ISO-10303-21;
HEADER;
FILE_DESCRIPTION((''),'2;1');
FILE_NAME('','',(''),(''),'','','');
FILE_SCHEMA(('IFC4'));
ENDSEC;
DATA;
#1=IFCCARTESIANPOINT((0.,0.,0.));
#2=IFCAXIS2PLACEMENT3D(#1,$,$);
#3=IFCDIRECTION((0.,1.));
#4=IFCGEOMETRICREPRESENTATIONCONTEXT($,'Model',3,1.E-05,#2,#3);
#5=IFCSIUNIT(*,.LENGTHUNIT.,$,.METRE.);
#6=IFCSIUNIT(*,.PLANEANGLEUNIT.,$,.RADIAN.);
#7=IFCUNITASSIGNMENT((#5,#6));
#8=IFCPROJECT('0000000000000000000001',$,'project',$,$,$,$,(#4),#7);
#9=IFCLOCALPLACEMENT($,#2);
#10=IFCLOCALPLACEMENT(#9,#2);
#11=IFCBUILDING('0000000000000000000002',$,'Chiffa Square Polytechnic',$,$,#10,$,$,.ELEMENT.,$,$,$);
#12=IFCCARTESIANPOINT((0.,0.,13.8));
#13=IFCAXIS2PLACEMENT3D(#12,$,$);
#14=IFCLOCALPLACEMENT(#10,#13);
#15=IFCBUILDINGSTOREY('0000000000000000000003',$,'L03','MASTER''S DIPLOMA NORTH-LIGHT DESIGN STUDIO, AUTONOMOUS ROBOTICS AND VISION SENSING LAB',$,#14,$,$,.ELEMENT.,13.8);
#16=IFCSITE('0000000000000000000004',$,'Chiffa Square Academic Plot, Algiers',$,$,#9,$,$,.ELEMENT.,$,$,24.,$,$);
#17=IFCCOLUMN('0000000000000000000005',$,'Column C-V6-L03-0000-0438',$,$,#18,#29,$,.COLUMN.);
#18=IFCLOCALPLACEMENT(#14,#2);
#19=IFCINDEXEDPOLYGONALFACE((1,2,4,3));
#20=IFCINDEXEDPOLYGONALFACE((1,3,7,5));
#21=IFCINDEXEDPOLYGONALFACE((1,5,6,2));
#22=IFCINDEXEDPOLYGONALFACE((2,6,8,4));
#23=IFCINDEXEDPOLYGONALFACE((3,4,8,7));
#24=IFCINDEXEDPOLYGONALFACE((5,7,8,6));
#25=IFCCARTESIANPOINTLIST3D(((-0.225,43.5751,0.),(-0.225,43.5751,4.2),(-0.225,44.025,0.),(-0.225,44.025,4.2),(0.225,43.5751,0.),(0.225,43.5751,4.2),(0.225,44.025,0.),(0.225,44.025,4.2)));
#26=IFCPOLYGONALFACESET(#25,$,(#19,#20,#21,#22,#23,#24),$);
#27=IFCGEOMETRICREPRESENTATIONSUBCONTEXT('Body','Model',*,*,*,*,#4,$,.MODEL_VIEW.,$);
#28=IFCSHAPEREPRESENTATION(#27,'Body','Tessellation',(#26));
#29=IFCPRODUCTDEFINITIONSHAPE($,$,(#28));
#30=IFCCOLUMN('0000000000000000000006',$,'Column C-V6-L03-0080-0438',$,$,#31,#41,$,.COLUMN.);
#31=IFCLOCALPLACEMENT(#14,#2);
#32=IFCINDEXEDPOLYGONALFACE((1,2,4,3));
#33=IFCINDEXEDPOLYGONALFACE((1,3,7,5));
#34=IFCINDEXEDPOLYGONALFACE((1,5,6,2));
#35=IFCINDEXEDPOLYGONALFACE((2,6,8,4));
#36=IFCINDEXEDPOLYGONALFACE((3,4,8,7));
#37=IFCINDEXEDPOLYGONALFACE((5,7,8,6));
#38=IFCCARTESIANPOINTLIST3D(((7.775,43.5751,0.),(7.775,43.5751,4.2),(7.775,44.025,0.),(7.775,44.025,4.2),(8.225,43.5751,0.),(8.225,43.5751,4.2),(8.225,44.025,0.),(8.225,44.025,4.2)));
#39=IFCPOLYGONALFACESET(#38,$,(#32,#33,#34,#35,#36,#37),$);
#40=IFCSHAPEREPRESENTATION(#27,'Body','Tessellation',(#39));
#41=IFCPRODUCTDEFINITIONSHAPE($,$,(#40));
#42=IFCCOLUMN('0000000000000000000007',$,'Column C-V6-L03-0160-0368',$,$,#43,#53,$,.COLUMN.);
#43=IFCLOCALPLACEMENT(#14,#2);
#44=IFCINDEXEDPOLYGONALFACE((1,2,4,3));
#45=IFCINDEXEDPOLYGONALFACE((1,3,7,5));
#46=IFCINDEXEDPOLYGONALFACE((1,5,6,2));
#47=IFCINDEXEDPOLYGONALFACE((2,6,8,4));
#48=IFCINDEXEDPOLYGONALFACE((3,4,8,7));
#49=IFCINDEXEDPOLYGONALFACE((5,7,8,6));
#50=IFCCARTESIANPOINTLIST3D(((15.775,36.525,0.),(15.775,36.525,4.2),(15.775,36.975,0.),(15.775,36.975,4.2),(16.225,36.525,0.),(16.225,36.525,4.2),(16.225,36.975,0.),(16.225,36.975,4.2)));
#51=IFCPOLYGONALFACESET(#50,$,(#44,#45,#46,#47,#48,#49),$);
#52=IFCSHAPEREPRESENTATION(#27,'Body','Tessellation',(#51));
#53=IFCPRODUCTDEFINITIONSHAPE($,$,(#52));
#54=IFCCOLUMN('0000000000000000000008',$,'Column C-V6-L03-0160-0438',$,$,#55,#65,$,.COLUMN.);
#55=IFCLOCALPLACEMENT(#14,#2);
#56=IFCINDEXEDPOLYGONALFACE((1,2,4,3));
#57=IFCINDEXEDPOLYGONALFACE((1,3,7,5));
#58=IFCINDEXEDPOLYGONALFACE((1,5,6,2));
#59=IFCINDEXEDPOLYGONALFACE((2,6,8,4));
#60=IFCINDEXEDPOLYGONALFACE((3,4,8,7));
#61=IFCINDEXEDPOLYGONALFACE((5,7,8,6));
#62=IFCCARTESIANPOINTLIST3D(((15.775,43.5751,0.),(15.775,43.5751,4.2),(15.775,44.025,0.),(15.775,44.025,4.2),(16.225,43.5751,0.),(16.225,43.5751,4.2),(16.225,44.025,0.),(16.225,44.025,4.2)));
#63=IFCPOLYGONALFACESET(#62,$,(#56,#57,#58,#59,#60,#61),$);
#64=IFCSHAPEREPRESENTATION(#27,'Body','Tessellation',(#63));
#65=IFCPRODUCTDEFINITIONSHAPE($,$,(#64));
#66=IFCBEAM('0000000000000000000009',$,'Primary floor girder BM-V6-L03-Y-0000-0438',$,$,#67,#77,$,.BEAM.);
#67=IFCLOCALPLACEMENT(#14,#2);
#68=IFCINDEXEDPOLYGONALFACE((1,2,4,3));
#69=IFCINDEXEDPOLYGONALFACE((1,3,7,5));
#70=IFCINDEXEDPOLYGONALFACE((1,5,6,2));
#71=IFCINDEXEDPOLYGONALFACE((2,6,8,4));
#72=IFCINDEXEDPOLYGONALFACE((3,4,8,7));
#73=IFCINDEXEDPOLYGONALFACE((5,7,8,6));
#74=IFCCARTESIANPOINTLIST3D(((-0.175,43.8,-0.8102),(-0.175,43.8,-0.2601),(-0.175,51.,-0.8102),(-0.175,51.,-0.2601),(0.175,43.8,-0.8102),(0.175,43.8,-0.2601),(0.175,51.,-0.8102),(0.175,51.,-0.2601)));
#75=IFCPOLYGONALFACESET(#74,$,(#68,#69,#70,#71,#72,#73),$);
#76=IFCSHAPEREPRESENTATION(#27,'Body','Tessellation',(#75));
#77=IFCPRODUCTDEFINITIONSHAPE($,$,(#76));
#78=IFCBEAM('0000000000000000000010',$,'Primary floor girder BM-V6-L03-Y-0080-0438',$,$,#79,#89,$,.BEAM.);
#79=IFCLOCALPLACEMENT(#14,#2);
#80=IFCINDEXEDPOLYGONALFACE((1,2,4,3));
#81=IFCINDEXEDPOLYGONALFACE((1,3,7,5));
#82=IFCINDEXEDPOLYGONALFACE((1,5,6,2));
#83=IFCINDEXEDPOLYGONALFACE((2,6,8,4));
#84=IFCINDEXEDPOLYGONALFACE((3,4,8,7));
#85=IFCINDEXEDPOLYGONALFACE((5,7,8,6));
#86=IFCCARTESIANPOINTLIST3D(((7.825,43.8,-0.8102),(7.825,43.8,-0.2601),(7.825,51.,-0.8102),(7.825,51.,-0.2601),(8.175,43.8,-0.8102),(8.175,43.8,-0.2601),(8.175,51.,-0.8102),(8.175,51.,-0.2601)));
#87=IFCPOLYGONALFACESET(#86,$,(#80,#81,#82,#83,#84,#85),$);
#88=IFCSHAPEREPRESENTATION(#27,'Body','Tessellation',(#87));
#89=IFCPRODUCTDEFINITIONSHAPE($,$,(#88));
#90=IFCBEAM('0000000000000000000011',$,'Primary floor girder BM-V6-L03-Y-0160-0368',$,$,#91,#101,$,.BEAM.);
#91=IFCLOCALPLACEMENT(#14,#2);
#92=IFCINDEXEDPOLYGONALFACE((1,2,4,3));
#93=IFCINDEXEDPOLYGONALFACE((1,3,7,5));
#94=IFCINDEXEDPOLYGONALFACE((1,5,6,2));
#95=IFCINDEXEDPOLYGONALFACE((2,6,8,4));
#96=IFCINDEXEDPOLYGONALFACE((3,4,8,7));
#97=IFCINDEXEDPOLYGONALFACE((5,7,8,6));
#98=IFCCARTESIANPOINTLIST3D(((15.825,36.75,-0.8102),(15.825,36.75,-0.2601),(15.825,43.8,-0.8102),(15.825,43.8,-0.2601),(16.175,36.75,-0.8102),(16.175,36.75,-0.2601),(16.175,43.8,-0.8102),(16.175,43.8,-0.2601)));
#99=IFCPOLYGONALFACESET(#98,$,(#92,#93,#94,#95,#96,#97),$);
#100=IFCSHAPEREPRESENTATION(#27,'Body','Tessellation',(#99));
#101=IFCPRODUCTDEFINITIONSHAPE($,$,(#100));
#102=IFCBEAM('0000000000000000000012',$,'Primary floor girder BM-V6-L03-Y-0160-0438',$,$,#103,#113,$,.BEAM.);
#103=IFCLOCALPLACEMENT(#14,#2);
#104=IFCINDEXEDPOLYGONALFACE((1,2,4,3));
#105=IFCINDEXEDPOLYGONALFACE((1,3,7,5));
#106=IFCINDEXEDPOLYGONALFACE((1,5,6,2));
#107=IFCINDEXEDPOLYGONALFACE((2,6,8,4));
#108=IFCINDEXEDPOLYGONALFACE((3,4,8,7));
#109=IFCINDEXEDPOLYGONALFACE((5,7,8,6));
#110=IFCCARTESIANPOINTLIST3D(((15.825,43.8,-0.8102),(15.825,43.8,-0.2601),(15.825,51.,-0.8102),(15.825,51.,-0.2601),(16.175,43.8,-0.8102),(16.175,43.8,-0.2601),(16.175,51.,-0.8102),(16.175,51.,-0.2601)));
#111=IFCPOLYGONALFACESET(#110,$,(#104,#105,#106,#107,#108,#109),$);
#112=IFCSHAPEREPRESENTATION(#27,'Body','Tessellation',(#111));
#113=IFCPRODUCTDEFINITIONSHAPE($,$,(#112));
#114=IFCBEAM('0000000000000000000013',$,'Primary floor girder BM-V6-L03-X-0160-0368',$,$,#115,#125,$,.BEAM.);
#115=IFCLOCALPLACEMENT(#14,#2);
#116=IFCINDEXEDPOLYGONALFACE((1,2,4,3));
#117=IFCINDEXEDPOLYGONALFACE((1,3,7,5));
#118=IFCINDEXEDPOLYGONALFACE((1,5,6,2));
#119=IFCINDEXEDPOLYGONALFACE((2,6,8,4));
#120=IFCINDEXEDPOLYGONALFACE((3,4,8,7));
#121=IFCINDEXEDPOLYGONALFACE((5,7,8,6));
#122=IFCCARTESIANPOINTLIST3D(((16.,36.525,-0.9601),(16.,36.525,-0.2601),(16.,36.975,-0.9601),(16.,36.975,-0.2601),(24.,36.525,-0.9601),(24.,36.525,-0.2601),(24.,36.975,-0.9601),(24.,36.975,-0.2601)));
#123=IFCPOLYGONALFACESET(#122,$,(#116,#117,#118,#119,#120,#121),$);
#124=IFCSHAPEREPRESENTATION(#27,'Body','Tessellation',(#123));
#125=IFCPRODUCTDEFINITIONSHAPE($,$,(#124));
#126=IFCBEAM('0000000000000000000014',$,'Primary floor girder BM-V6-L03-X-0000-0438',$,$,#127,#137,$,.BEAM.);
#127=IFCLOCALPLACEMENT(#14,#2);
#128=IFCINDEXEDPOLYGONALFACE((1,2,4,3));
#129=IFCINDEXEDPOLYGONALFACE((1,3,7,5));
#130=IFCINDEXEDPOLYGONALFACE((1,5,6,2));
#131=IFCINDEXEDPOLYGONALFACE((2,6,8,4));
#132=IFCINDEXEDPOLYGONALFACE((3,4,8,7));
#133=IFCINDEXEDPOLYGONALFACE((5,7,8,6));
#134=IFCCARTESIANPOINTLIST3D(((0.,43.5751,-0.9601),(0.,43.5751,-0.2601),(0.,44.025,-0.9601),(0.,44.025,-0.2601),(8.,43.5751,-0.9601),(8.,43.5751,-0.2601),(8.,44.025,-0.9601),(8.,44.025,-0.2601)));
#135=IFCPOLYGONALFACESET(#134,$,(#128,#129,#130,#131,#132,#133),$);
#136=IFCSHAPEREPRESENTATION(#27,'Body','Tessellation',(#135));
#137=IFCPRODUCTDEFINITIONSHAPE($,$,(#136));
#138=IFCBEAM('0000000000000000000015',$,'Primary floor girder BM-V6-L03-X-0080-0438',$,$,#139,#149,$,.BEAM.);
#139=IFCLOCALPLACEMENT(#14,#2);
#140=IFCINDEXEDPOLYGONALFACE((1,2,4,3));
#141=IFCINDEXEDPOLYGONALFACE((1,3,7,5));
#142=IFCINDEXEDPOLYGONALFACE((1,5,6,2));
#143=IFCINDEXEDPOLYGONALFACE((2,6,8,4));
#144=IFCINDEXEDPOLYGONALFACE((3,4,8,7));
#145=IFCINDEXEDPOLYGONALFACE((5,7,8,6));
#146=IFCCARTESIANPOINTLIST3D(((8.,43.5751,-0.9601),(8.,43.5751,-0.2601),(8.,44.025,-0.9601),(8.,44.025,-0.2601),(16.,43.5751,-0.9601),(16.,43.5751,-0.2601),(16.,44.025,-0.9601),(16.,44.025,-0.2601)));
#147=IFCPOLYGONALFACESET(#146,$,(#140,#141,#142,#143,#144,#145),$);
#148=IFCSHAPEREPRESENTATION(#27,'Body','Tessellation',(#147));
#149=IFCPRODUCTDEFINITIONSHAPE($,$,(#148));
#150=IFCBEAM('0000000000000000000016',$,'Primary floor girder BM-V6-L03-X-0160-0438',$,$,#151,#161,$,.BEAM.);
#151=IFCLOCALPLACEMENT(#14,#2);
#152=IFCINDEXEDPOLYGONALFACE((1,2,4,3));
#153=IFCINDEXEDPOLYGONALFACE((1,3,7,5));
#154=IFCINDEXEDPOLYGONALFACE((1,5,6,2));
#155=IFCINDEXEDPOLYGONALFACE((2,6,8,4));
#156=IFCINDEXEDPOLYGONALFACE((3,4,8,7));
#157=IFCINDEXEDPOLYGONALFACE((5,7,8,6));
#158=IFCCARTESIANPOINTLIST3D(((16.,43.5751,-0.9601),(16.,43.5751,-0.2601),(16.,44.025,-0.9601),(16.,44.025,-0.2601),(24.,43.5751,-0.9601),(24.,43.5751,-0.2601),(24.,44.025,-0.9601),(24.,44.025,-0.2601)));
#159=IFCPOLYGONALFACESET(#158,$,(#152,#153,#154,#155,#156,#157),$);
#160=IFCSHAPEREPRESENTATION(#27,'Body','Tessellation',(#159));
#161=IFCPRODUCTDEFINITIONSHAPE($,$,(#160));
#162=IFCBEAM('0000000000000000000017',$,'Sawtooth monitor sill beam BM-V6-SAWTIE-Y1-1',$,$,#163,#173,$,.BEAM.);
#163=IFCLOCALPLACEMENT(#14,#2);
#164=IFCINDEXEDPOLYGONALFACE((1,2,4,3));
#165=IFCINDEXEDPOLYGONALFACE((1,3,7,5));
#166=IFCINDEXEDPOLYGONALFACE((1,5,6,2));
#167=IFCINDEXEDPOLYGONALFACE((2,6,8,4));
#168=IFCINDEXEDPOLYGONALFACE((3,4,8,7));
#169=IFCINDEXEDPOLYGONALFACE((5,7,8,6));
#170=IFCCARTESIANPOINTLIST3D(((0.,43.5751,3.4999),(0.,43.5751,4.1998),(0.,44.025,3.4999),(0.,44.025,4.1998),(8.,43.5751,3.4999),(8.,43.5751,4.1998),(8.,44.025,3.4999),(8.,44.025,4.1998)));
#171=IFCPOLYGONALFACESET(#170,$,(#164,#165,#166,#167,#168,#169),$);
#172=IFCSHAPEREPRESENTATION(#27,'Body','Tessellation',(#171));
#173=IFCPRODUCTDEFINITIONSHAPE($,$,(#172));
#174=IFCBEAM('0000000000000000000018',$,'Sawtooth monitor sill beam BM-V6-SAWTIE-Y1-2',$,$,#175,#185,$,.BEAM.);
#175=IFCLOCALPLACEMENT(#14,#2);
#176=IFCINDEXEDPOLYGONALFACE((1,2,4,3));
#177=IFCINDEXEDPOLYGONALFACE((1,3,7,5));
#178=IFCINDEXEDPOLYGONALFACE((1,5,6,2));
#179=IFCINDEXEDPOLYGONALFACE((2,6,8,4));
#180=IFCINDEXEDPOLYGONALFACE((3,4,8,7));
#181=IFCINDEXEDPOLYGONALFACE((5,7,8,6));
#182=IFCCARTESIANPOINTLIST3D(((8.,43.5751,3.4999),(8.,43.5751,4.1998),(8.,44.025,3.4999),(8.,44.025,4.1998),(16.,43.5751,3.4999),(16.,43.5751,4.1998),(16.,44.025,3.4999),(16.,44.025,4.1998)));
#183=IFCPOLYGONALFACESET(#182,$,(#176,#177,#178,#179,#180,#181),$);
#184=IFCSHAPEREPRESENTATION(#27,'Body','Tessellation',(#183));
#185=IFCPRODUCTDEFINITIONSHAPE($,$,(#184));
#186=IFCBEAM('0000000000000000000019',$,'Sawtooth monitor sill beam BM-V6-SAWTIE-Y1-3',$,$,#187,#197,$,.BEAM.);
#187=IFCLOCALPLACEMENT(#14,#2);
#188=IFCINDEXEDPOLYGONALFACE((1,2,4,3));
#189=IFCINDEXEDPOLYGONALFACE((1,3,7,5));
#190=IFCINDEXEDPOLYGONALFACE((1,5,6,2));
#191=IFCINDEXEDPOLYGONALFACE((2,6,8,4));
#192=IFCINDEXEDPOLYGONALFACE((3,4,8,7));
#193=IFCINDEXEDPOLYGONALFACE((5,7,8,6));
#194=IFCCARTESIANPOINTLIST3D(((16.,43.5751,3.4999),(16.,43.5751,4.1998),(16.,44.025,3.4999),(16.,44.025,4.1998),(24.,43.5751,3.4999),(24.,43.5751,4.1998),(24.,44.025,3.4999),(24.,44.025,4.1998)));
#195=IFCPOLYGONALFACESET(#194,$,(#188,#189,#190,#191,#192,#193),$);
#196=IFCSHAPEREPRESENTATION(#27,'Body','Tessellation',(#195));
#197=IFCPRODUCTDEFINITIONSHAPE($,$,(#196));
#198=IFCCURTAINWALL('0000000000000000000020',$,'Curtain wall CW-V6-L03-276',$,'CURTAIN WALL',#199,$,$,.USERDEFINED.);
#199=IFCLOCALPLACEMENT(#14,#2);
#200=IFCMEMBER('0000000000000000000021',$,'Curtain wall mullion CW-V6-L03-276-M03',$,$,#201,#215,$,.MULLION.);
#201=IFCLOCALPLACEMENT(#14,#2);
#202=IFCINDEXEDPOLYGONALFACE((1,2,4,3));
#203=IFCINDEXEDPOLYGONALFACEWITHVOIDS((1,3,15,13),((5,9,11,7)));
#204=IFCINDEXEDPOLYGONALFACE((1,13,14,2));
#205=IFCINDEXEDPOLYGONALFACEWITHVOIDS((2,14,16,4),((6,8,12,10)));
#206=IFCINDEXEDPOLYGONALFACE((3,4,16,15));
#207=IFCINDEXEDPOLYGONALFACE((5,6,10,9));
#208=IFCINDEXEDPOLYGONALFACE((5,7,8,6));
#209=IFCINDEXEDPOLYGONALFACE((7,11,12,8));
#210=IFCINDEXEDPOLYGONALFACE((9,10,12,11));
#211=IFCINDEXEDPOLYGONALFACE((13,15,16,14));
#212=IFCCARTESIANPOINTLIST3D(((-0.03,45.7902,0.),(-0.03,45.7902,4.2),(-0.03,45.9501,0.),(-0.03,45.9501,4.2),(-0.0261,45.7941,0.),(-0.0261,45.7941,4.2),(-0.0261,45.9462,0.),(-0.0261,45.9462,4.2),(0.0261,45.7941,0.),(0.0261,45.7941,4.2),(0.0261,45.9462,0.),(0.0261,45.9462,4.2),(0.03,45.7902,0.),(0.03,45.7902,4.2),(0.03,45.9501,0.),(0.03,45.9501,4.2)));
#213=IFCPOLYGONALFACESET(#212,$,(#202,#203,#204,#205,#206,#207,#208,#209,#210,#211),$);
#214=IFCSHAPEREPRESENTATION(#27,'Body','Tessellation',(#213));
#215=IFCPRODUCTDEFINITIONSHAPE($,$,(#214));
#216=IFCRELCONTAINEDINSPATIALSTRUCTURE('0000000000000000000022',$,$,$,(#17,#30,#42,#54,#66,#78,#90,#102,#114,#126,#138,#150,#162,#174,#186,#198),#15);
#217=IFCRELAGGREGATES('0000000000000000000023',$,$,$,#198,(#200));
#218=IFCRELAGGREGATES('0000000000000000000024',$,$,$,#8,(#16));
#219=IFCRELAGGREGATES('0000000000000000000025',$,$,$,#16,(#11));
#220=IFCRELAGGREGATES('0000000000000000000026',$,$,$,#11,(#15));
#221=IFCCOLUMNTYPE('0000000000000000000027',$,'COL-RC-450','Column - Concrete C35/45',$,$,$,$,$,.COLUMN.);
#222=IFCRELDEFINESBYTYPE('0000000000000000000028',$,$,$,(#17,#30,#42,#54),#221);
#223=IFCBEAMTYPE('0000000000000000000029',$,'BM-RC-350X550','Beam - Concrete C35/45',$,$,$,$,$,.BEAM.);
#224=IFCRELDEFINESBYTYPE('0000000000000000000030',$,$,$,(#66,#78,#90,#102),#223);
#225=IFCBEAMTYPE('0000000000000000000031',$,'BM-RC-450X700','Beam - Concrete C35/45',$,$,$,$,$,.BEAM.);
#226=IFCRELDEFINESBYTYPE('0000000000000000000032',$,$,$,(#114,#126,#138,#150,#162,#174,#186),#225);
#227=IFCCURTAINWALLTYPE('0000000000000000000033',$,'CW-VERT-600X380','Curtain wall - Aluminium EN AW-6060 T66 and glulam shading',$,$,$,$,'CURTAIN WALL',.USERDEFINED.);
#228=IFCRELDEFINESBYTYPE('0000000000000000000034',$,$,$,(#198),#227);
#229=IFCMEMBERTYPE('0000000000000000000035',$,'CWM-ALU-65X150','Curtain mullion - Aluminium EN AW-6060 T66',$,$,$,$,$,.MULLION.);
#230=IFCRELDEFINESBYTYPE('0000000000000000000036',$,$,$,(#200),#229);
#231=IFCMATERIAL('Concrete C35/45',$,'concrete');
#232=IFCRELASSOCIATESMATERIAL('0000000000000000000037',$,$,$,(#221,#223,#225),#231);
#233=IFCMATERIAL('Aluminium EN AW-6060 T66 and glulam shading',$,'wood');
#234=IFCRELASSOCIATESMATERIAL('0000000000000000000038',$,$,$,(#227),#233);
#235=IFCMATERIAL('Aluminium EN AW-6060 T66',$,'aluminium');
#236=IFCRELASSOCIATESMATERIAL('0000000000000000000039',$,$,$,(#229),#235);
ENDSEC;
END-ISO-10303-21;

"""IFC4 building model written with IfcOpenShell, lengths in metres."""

from ifc_helpers import new_model, si_unit, direction, frame, origin, origin_2d, place, context, subcontext, project, spatial, rectangle, hollow_rectangle, extrude, material, material_profile, profile_set, type_object, element, aggregate, save


model = new_model("IFC4")

# Units and contexts
model_context = context("Model", 3, precision=1e-05, world=origin(), true_north=direction((0.0, 1.0)))
body_context = subcontext(model_context, "Body", "Model", "MODEL_VIEW")
ifc_project = project(units=[si_unit("LENGTHUNIT", "METRE"), si_unit("PLANEANGLEUNIT", "RADIAN")], contexts=[model_context])

# Site, building, storey
site_placement = place(None, origin())
site = spatial("IfcSite", under=ifc_project, at=site_placement, Name="Chiffa Square Academic Plot, Algiers", CompositionType="ELEMENT", RefElevation=24.0)
building_placement = place(site_placement, origin())
building = spatial("IfcBuilding", under=site, at=building_placement, Name="Chiffa Square Polytechnic", CompositionType="ELEMENT")
storey_placement = place(building_placement, frame((0.0, 0.0, 13.8)))
storey = spatial("IfcBuildingStorey", under=building, at=storey_placement, Name="L03", Description="MASTER'S DIPLOMA NORTH-LIGHT DESIGN STUDIO, AUTONOMOUS ROBOTICS AND VISION SENSING LAB", CompositionType="ELEMENT", Elevation=13.8)

# Columns
ifc_material_1 = material(Name="Concrete C35/45", Category="concrete")
ifc_material_profile_1 = material_profile(ifc_material_1, rectangle(XDim=0.45, YDim=0.45, at=origin_2d()), Name="RC 450x450")
ifc_profile_set_1 = profile_set([ifc_material_profile_1], Name="Concrete C35/45")
column_type = type_object("IfcColumnType", Name="COL-RC-450", Description="Column - Concrete C35/45", PredefinedType="COLUMN", material=ifc_profile_set_1)
for number, where, z_axis, x_axis, name in (
    (1, (0.0, 43.8, 0.0), (0.0, 0.0, 1.0), (1.0, 0.0, 0.0), "Column C-V6-L03-0000-0438"),
    (2, (8.0, 43.8, 0.0), (0.0, 0.0, 1.0), (1.0, 0.0, 0.0), "Column C-V6-L03-0080-0438"),
    (3, (16.0, 36.75, 0.0), (0.0, 0.0, 1.0), (1.0, 0.0, 0.0), "Column C-V6-L03-0160-0368"),
    (4, (16.0, 43.8, 0.0), (0.0, 0.0, 1.0), (1.0, 0.0, 0.0), "Column C-V6-L03-0160-0438"),
):
    element("IfcColumn", number, at=place(storey_placement, frame(where, z_axis=z_axis, x_axis=x_axis)), inside=storey, type_object=column_type, Name=name, PredefinedType="COLUMN", context=body_context, shape_type="SweptSolid", body=[
        extrude(rectangle(XDim=0.45, YDim=0.45, at=origin_2d()), origin(), (0.0, 0.0, 1.0), 4.2),
    ])

# Beams
ifc_material_profile_2 = material_profile(ifc_material_1, rectangle(XDim=0.3501, YDim=0.55, at=origin_2d()), Name="RC 350x550")
ifc_profile_set_2 = profile_set([ifc_material_profile_2], Name="Concrete C35/45")
beam_type_1 = type_object("IfcBeamType", Name="BM-RC-350X550", Description="Beam - Concrete C35/45", PredefinedType="BEAM", material=ifc_profile_set_2)
for number, where, z_axis, x_axis, name in (
    (5, (0.0, 43.8, -0.5352), (0.0, 1.0, 0.0), (-1.0, 0.0, 0.0), "Primary floor girder BM-V6-L03-Y-0000-0438"),
    (6, (8.0, 43.8, -0.5352), (0.0, 1.0, 0.0), (-1.0, 0.0, 0.0), "Primary floor girder BM-V6-L03-Y-0080-0438"),
):
    element("IfcBeam", number, at=place(storey_placement, frame(where, z_axis=z_axis, x_axis=x_axis)), inside=storey, type_object=beam_type_1, Name=name, PredefinedType="BEAM", context=body_context, shape_type="SweptSolid", body=[
        extrude(rectangle(XDim=0.3501, YDim=0.55, at=origin_2d()), origin(), (0.0, 0.0, 1.0), 7.2),
    ])
beam_1_placement = place(storey_placement, frame((16.0, 36.75, -0.5352), z_axis=(0.0, 1.0, 0.0), x_axis=(-1.0, 0.0, 0.0)))
element("IfcBeam", 7, at=beam_1_placement, inside=storey, type_object=beam_type_1, Name="Primary floor girder BM-V6-L03-Y-0160-0368", PredefinedType="BEAM", context=body_context, shape_type="SweptSolid", body=[
    extrude(rectangle(XDim=0.3501, YDim=0.55, at=origin_2d()), origin(), (0.0, 0.0, 1.0), 7.05),
])
beam_2_placement = place(storey_placement, frame((16.0, 43.8, -0.5352), z_axis=(0.0, 1.0, 0.0), x_axis=(-1.0, 0.0, 0.0)))
element("IfcBeam", 8, at=beam_2_placement, inside=storey, type_object=beam_type_1, Name="Primary floor girder BM-V6-L03-Y-0160-0438", PredefinedType="BEAM", context=body_context, shape_type="SweptSolid", body=[
    extrude(rectangle(XDim=0.3501, YDim=0.55, at=origin_2d()), origin(), (0.0, 0.0, 1.0), 7.2),
])
ifc_material_profile_3 = material_profile(ifc_material_1, rectangle(XDim=0.45, YDim=0.7, at=origin_2d()), Name="RC 450x700")
ifc_profile_set_3 = profile_set([ifc_material_profile_3], Name="Concrete C35/45")
beam_type_2 = type_object("IfcBeamType", Name="BM-RC-450X700", Description="Beam - Concrete C35/45", PredefinedType="BEAM", material=ifc_profile_set_3)
for number, where, z_axis, x_axis, name in (
    (9, (16.0, 36.75, -0.6101), (1.0, 0.0, 0.0), (0.0, 1.0, 0.0), "Primary floor girder BM-V6-L03-X-0160-0368"),
    (10, (0.0, 43.8, -0.6101), (1.0, 0.0, 0.0), (0.0, 1.0, 0.0), "Primary floor girder BM-V6-L03-X-0000-0438"),
    (11, (8.0, 43.8, -0.6101), (1.0, 0.0, 0.0), (0.0, 1.0, 0.0), "Primary floor girder BM-V6-L03-X-0080-0438"),
    (12, (16.0, 43.8, -0.6101), (1.0, 0.0, 0.0), (0.0, 1.0, 0.0), "Primary floor girder BM-V6-L03-X-0160-0438"),
    (13, (0.0, 43.8, 3.8499), (1.0, 0.0, 0.0), (0.0, 1.0, 0.0), "Sawtooth monitor sill beam BM-V6-SAWTIE-Y1-1"),
    (14, (8.0, 43.8, 3.8499), (1.0, 0.0, 0.0), (0.0, 1.0, 0.0), "Sawtooth monitor sill beam BM-V6-SAWTIE-Y1-2"),
    (15, (16.0, 43.8, 3.8499), (1.0, 0.0, 0.0), (0.0, 1.0, 0.0), "Sawtooth monitor sill beam BM-V6-SAWTIE-Y1-3"),
):
    element("IfcBeam", number, at=place(storey_placement, frame(where, z_axis=z_axis, x_axis=x_axis)), inside=storey, type_object=beam_type_2, Name=name, PredefinedType="BEAM", context=body_context, shape_type="SweptSolid", body=[
        extrude(rectangle(XDim=0.45, YDim=0.7, at=origin_2d()), origin(), (0.0, 0.0, 1.0), 8.0),
    ])

# Curtain wall, member
ifc_material_2 = material(Name="Aluminium EN AW-6060 T66 and glulam shading", Category="wood")
curtain_wall_type = type_object("IfcCurtainWallType", Name="CW-VERT-600X380", Description="Curtain wall - Aluminium EN AW-6060 T66 and glulam shading", ElementType="CURTAIN WALL", PredefinedType="USERDEFINED", material=ifc_material_2)
curtain_wall_placement = place(storey_placement, origin())
curtain_wall = element("IfcCurtainWall", 16, at=curtain_wall_placement, inside=storey, type_object=curtain_wall_type, Name="Curtain wall CW-V6-L03-276", ObjectType="CURTAIN WALL", PredefinedType="USERDEFINED")
ifc_material_3 = material(Name="Aluminium EN AW-6060 T66", Category="aluminium")
ifc_material_profile_4 = material_profile(ifc_material_3, hollow_rectangle(XDim=0.0601, YDim=0.1599, WallThickness=0.0039, at=origin_2d()), Name="ALU 60x160x4")
ifc_profile_set_4 = profile_set([ifc_material_profile_4], Name="Aluminium EN AW-6060 T66")
member_type_1 = type_object("IfcMemberType", Name="CWM-ALU-65X150", Description="Curtain mullion - Aluminium EN AW-6060 T66", PredefinedType="MULLION", material=ifc_profile_set_4)
member_1_placement = place(storey_placement, frame((0.0, 45.8701, 0.0), z_axis=(0.0, 0.0, 1.0), x_axis=(1.0, 0.0, 0.0)))
member_1 = element("IfcMember", 17, at=member_1_placement, type_object=member_type_1, Name="Curtain wall mullion CW-V6-L03-276-M03", PredefinedType="MULLION", context=body_context, shape_type="SweptSolid", body=[
    extrude(hollow_rectangle(XDim=0.0601, YDim=0.1599, WallThickness=0.0039, at=origin_2d()), origin(), (0.0, 0.0, 1.0), 4.2),
])

aggregate(curtain_wall, [member_1])

save(model, "model.ifc")
